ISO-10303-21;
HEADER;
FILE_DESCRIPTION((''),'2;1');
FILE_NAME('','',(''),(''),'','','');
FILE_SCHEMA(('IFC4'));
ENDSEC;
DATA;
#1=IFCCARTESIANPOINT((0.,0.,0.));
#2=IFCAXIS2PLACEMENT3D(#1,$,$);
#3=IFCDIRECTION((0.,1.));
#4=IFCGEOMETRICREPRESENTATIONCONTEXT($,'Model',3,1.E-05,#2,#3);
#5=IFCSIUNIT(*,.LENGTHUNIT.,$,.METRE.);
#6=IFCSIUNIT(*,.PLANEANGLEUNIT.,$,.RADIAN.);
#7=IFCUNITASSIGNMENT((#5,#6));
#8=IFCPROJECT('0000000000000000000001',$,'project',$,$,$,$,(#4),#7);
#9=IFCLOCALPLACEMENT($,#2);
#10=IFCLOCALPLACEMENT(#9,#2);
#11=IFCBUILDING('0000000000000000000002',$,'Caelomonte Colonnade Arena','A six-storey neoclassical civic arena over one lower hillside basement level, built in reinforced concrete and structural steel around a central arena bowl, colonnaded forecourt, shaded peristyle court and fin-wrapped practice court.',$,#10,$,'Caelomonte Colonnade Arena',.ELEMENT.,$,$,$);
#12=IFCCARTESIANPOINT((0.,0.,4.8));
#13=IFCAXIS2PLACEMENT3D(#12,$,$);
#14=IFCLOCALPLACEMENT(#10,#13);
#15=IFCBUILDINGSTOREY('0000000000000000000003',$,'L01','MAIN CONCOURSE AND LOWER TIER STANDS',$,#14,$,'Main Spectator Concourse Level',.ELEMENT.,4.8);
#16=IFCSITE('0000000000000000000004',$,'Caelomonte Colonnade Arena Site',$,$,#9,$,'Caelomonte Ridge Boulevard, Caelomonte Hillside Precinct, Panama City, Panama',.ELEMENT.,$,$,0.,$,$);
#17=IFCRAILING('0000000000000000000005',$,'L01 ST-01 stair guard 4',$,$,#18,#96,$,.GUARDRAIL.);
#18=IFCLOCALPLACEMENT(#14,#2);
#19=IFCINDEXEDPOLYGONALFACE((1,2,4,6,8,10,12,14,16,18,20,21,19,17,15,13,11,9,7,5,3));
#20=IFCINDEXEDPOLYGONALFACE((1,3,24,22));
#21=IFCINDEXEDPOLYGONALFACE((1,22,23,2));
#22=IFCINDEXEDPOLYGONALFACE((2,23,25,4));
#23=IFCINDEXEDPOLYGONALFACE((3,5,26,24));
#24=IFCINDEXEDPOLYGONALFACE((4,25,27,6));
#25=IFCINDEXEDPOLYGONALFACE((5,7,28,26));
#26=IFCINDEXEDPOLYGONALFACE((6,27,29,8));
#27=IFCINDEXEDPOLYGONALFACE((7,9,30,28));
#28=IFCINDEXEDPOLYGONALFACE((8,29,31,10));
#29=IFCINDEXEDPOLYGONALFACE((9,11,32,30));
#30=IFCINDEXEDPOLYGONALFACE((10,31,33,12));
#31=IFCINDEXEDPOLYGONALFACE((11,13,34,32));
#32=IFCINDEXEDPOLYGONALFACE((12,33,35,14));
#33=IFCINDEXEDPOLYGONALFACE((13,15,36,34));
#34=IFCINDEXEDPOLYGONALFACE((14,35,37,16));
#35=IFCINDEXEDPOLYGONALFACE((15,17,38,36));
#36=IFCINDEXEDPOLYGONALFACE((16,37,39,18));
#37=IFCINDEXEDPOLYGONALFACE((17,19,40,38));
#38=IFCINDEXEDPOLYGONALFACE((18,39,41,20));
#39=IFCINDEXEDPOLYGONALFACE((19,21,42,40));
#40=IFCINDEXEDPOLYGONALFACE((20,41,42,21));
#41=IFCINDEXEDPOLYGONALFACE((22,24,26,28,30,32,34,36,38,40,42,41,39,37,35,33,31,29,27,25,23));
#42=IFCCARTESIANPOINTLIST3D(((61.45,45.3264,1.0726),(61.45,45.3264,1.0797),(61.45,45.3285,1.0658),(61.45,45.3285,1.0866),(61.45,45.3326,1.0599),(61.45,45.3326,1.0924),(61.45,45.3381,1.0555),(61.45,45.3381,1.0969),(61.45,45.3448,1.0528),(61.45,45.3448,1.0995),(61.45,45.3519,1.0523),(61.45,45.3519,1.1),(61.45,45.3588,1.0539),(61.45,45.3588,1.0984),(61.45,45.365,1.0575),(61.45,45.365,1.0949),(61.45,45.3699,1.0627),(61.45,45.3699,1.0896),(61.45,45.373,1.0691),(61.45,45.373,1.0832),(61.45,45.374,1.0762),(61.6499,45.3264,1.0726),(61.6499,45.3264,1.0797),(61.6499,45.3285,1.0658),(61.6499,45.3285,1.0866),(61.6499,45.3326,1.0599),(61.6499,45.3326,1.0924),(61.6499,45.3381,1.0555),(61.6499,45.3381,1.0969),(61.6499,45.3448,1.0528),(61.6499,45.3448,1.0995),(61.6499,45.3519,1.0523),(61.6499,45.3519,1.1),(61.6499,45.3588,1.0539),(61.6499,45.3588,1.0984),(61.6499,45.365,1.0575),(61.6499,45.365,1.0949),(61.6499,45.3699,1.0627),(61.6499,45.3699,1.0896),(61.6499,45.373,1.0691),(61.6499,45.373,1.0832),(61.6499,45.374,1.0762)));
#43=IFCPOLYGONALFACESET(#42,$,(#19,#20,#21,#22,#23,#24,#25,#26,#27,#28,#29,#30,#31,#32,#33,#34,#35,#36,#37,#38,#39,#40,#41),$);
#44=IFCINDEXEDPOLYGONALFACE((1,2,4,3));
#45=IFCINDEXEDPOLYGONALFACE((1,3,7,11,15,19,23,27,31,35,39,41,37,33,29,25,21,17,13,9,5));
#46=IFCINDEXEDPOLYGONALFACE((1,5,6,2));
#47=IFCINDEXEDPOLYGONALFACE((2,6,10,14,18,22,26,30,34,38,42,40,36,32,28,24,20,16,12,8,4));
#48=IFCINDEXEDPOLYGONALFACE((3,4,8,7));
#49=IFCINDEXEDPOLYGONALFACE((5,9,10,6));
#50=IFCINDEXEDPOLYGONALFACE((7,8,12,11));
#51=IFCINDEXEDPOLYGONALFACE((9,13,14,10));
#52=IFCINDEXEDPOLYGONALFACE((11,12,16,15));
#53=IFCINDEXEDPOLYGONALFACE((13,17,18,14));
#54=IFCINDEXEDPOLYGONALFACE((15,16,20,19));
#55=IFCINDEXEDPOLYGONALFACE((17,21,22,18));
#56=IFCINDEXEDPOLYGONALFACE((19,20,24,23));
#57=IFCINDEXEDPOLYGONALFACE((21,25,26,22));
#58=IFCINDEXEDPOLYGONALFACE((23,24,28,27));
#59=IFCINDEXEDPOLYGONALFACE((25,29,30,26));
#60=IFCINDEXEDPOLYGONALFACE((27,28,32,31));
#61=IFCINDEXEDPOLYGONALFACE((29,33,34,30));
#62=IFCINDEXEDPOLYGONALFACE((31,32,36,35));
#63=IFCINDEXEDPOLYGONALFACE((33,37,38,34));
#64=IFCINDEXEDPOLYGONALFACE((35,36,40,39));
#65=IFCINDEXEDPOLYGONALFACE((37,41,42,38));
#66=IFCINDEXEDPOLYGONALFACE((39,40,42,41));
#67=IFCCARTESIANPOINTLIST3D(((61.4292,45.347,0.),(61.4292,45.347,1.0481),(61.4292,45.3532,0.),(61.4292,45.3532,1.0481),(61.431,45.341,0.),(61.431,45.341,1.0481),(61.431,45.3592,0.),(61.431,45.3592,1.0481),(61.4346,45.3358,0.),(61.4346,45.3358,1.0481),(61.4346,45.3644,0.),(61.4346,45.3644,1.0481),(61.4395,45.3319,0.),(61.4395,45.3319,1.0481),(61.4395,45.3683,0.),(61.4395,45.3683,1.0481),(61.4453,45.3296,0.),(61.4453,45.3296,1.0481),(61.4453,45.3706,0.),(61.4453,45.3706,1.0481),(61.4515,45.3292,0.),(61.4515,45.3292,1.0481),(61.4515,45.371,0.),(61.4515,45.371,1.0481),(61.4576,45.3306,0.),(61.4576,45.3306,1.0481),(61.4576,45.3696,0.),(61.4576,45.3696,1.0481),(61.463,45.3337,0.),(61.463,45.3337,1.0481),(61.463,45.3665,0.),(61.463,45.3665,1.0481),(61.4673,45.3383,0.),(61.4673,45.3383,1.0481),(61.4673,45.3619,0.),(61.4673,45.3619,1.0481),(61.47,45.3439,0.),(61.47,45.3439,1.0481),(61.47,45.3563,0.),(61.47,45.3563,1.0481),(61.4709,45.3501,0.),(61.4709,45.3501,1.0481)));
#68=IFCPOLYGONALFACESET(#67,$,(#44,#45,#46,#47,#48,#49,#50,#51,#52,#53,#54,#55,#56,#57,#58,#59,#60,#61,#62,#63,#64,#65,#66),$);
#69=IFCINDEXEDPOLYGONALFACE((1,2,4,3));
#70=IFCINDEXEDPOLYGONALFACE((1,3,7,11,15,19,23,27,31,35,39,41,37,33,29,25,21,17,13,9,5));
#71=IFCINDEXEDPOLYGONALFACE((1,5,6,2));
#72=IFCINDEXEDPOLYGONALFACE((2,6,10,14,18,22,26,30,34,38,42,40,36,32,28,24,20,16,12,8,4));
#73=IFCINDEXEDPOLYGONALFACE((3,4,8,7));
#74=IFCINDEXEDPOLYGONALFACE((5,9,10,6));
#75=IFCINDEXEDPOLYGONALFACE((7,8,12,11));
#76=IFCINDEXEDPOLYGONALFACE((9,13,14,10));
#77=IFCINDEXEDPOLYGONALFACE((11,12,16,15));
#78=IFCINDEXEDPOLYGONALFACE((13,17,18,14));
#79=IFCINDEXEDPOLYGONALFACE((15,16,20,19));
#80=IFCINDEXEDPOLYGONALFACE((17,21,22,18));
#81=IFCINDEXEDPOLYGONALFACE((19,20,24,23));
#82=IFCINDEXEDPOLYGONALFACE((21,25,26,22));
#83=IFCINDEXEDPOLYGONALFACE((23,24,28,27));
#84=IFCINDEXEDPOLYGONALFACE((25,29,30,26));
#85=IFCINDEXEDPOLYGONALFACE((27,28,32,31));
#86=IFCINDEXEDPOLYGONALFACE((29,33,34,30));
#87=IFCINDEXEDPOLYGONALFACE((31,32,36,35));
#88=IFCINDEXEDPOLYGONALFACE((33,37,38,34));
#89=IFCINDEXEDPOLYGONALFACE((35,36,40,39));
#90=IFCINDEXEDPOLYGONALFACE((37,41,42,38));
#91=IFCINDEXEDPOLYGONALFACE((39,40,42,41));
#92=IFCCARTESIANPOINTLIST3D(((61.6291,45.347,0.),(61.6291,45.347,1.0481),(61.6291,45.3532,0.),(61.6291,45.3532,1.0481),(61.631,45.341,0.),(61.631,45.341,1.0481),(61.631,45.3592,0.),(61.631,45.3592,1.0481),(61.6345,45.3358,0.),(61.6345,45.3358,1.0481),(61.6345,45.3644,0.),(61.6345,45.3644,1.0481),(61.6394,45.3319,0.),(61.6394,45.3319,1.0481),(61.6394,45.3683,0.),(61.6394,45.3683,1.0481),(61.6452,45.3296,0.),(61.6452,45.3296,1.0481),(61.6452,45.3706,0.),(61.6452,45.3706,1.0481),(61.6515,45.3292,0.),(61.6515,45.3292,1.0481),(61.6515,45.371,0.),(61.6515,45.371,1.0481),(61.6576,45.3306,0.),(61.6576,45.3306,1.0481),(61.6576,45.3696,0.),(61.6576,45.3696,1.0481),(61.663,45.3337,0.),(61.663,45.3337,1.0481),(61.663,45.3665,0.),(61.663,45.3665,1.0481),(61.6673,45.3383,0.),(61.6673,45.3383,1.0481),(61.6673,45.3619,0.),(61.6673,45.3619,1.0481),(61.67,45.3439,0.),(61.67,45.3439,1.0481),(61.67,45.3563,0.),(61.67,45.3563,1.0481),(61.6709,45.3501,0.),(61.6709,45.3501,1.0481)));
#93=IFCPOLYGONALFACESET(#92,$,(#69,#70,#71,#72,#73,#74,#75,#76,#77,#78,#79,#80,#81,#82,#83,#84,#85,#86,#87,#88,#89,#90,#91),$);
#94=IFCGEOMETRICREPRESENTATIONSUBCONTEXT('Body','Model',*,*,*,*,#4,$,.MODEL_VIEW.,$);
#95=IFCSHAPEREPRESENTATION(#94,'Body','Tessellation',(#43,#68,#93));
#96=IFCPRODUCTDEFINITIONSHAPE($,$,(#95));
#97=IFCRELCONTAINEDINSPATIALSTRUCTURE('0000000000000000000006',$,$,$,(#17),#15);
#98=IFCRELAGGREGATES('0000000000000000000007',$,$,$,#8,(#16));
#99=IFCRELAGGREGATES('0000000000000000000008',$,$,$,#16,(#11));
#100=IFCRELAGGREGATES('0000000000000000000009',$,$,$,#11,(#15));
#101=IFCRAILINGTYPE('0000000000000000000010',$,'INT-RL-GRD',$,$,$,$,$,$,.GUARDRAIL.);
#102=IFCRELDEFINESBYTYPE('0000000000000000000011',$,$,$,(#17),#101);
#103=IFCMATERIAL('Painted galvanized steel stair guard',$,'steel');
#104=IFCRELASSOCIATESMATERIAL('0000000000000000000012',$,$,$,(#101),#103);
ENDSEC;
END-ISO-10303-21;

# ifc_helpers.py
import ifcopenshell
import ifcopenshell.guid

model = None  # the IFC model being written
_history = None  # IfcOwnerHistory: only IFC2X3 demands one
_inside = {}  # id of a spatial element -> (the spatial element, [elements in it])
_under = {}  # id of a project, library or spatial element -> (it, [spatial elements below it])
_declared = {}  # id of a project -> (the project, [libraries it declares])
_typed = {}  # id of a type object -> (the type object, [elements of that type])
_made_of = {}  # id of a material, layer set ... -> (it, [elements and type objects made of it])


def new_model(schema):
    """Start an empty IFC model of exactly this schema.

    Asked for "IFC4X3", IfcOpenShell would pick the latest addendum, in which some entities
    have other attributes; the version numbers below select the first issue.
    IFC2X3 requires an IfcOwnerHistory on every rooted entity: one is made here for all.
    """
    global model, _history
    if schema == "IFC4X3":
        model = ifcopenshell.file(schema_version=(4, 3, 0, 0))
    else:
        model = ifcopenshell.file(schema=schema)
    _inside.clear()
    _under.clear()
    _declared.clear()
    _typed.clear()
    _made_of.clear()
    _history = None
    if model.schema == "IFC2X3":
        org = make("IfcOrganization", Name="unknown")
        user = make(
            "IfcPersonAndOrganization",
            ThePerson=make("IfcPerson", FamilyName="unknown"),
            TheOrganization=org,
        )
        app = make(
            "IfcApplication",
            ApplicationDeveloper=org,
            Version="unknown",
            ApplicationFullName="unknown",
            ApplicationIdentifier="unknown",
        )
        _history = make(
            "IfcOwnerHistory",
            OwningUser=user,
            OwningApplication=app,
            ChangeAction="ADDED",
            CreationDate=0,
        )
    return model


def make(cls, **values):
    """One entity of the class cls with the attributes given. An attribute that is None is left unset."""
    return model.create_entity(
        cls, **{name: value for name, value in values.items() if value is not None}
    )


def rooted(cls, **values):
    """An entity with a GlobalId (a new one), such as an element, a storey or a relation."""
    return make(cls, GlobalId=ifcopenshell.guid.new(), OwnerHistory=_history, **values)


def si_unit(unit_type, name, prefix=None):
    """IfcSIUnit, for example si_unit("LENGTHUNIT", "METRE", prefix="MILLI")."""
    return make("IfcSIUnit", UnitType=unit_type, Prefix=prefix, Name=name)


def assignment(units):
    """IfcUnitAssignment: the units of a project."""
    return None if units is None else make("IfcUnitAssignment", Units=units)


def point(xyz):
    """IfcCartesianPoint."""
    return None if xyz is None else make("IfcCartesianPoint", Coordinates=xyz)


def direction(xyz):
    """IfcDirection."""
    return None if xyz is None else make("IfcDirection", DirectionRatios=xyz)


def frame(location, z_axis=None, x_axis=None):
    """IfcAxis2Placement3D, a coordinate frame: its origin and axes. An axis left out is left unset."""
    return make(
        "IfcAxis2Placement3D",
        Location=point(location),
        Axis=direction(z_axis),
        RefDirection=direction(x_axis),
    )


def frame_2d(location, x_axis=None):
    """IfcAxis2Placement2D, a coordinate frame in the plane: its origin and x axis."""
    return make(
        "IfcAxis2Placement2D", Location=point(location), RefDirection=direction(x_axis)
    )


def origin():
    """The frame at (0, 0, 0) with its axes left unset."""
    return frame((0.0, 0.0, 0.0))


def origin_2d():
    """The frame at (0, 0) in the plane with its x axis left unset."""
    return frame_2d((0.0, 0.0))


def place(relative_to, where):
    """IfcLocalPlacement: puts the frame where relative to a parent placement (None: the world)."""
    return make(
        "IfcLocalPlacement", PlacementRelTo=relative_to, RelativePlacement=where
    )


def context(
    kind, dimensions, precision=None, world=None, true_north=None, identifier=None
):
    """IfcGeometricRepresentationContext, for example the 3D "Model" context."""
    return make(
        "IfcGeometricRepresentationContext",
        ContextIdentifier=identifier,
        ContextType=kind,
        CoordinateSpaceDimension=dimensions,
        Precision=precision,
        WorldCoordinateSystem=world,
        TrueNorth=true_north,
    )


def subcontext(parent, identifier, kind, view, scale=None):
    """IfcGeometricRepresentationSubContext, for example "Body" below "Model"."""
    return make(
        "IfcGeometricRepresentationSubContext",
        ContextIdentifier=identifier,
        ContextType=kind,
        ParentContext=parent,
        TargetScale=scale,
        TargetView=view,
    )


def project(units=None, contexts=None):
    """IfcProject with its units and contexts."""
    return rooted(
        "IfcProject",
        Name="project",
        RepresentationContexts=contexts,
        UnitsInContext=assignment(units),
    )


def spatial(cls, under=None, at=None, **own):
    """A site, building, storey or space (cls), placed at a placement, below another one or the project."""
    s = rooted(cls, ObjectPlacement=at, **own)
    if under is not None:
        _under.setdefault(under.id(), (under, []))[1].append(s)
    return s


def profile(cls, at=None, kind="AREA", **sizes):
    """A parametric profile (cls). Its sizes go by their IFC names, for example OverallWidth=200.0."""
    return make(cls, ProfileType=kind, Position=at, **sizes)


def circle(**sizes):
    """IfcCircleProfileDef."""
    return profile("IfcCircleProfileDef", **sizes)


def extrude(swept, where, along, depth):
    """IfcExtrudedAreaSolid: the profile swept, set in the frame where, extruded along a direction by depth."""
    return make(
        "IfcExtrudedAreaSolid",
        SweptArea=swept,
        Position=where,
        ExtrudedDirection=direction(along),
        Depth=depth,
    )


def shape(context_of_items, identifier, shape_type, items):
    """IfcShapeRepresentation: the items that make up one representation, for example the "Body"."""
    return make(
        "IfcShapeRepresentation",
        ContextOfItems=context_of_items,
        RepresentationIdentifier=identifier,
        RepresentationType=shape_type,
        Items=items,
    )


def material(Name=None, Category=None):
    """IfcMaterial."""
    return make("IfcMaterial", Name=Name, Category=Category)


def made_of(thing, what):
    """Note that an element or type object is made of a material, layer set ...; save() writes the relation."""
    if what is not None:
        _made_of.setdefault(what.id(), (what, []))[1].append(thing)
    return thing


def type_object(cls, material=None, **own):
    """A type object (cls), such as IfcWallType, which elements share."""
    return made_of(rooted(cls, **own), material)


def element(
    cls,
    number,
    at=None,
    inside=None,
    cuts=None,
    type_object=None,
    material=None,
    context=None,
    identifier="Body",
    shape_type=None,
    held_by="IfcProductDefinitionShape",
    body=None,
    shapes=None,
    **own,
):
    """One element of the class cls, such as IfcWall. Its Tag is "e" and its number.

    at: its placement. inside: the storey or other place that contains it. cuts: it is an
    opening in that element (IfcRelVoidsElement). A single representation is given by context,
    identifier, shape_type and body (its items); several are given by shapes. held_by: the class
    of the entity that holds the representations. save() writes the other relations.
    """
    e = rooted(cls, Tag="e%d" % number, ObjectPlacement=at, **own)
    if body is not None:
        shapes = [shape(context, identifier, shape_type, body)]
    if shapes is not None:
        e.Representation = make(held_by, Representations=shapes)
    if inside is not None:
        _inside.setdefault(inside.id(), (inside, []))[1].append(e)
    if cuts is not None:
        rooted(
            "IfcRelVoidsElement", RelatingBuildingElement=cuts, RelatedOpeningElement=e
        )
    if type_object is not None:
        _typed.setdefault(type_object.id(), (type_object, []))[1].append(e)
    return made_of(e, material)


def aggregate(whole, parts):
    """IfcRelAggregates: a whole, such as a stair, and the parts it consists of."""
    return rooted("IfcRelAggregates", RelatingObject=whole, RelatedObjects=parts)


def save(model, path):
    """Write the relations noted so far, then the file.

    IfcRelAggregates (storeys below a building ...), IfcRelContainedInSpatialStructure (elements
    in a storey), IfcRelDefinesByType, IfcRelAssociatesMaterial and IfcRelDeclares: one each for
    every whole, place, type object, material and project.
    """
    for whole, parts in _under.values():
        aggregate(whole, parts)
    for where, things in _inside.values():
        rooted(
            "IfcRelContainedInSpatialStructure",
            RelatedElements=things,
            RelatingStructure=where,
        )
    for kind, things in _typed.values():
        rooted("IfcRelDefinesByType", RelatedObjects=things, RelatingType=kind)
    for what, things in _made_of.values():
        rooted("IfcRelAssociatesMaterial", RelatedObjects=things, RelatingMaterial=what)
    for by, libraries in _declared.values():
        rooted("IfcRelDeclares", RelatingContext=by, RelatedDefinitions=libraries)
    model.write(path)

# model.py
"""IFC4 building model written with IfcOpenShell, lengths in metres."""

from ifc_helpers import new_model, si_unit, direction, frame, origin, origin_2d, place, context, subcontext, project, spatial, circle, extrude, material, type_object, element, save


model = new_model("IFC4")

# Units and contexts
model_context = context("Model", 3, precision=1e-05, world=origin(), true_north=direction((0.0, 1.0)))
body_context = subcontext(model_context, "Body", "Model", "MODEL_VIEW")
ifc_project = project(units=[si_unit("LENGTHUNIT", "METRE"), si_unit("PLANEANGLEUNIT", "RADIAN")], contexts=[model_context])

# Site, building, storey
site_placement = place(None, origin())
site = spatial("IfcSite", under=ifc_project, at=site_placement, Name="Caelomonte Colonnade Arena Site", LongName="Caelomonte Ridge Boulevard, Caelomonte Hillside Precinct, Panama City, Panama", CompositionType="ELEMENT", RefElevation=0.0)
building_placement = place(site_placement, origin())
building = spatial("IfcBuilding", under=site, at=building_placement, Name="Caelomonte Colonnade Arena", Description="A six-storey neoclassical civic arena over one lower hillside basement level, built in reinforced concrete and structural steel around a central arena bowl, colonnaded forecourt, shaded peristyle court and fin-wrapped practice court.", LongName="Caelomonte Colonnade Arena", CompositionType="ELEMENT")
storey_placement = place(building_placement, frame((0.0, 0.0, 4.8)))
storey = spatial("IfcBuildingStorey", under=building, at=storey_placement, Name="L01", Description="MAIN CONCOURSE AND LOWER TIER STANDS", LongName="Main Spectator Concourse Level", CompositionType="ELEMENT", Elevation=4.8)

# Railing
ifc_material_1 = material(Name="Painted galvanized steel stair guard", Category="steel")
railing_type_1 = type_object("IfcRailingType", Name="INT-RL-GRD", PredefinedType="GUARDRAIL", material=ifc_material_1)
railing_1_placement = place(storey_placement, frame((61.45, 45.3501, 0.0)))
element("IfcRailing", 1, at=railing_1_placement, inside=storey, type_object=railing_type_1, Name="L01 ST-01 stair guard 4", PredefinedType="GUARDRAIL", context=body_context, shape_type="SweptSolid", body=[
    extrude(circle(Radius=0.0239, at=origin_2d()), frame((0.0, 0.0, 1.0762), z_axis=(1.0, 0.0, 0.0), x_axis=(0.0, 1.0, 0.0)), (0.0, 0.0, 1.0), 0.2),
    extrude(circle(Radius=0.021, at=origin_2d()), origin(), (0.0, 0.0, 1.0), 1.0481),
    extrude(circle(Radius=0.021, at=origin_2d()), frame((0.2, 0.0, 0.0)), (0.0, 0.0, 1.0), 1.0481),
])

save(model, "model.ifc")
